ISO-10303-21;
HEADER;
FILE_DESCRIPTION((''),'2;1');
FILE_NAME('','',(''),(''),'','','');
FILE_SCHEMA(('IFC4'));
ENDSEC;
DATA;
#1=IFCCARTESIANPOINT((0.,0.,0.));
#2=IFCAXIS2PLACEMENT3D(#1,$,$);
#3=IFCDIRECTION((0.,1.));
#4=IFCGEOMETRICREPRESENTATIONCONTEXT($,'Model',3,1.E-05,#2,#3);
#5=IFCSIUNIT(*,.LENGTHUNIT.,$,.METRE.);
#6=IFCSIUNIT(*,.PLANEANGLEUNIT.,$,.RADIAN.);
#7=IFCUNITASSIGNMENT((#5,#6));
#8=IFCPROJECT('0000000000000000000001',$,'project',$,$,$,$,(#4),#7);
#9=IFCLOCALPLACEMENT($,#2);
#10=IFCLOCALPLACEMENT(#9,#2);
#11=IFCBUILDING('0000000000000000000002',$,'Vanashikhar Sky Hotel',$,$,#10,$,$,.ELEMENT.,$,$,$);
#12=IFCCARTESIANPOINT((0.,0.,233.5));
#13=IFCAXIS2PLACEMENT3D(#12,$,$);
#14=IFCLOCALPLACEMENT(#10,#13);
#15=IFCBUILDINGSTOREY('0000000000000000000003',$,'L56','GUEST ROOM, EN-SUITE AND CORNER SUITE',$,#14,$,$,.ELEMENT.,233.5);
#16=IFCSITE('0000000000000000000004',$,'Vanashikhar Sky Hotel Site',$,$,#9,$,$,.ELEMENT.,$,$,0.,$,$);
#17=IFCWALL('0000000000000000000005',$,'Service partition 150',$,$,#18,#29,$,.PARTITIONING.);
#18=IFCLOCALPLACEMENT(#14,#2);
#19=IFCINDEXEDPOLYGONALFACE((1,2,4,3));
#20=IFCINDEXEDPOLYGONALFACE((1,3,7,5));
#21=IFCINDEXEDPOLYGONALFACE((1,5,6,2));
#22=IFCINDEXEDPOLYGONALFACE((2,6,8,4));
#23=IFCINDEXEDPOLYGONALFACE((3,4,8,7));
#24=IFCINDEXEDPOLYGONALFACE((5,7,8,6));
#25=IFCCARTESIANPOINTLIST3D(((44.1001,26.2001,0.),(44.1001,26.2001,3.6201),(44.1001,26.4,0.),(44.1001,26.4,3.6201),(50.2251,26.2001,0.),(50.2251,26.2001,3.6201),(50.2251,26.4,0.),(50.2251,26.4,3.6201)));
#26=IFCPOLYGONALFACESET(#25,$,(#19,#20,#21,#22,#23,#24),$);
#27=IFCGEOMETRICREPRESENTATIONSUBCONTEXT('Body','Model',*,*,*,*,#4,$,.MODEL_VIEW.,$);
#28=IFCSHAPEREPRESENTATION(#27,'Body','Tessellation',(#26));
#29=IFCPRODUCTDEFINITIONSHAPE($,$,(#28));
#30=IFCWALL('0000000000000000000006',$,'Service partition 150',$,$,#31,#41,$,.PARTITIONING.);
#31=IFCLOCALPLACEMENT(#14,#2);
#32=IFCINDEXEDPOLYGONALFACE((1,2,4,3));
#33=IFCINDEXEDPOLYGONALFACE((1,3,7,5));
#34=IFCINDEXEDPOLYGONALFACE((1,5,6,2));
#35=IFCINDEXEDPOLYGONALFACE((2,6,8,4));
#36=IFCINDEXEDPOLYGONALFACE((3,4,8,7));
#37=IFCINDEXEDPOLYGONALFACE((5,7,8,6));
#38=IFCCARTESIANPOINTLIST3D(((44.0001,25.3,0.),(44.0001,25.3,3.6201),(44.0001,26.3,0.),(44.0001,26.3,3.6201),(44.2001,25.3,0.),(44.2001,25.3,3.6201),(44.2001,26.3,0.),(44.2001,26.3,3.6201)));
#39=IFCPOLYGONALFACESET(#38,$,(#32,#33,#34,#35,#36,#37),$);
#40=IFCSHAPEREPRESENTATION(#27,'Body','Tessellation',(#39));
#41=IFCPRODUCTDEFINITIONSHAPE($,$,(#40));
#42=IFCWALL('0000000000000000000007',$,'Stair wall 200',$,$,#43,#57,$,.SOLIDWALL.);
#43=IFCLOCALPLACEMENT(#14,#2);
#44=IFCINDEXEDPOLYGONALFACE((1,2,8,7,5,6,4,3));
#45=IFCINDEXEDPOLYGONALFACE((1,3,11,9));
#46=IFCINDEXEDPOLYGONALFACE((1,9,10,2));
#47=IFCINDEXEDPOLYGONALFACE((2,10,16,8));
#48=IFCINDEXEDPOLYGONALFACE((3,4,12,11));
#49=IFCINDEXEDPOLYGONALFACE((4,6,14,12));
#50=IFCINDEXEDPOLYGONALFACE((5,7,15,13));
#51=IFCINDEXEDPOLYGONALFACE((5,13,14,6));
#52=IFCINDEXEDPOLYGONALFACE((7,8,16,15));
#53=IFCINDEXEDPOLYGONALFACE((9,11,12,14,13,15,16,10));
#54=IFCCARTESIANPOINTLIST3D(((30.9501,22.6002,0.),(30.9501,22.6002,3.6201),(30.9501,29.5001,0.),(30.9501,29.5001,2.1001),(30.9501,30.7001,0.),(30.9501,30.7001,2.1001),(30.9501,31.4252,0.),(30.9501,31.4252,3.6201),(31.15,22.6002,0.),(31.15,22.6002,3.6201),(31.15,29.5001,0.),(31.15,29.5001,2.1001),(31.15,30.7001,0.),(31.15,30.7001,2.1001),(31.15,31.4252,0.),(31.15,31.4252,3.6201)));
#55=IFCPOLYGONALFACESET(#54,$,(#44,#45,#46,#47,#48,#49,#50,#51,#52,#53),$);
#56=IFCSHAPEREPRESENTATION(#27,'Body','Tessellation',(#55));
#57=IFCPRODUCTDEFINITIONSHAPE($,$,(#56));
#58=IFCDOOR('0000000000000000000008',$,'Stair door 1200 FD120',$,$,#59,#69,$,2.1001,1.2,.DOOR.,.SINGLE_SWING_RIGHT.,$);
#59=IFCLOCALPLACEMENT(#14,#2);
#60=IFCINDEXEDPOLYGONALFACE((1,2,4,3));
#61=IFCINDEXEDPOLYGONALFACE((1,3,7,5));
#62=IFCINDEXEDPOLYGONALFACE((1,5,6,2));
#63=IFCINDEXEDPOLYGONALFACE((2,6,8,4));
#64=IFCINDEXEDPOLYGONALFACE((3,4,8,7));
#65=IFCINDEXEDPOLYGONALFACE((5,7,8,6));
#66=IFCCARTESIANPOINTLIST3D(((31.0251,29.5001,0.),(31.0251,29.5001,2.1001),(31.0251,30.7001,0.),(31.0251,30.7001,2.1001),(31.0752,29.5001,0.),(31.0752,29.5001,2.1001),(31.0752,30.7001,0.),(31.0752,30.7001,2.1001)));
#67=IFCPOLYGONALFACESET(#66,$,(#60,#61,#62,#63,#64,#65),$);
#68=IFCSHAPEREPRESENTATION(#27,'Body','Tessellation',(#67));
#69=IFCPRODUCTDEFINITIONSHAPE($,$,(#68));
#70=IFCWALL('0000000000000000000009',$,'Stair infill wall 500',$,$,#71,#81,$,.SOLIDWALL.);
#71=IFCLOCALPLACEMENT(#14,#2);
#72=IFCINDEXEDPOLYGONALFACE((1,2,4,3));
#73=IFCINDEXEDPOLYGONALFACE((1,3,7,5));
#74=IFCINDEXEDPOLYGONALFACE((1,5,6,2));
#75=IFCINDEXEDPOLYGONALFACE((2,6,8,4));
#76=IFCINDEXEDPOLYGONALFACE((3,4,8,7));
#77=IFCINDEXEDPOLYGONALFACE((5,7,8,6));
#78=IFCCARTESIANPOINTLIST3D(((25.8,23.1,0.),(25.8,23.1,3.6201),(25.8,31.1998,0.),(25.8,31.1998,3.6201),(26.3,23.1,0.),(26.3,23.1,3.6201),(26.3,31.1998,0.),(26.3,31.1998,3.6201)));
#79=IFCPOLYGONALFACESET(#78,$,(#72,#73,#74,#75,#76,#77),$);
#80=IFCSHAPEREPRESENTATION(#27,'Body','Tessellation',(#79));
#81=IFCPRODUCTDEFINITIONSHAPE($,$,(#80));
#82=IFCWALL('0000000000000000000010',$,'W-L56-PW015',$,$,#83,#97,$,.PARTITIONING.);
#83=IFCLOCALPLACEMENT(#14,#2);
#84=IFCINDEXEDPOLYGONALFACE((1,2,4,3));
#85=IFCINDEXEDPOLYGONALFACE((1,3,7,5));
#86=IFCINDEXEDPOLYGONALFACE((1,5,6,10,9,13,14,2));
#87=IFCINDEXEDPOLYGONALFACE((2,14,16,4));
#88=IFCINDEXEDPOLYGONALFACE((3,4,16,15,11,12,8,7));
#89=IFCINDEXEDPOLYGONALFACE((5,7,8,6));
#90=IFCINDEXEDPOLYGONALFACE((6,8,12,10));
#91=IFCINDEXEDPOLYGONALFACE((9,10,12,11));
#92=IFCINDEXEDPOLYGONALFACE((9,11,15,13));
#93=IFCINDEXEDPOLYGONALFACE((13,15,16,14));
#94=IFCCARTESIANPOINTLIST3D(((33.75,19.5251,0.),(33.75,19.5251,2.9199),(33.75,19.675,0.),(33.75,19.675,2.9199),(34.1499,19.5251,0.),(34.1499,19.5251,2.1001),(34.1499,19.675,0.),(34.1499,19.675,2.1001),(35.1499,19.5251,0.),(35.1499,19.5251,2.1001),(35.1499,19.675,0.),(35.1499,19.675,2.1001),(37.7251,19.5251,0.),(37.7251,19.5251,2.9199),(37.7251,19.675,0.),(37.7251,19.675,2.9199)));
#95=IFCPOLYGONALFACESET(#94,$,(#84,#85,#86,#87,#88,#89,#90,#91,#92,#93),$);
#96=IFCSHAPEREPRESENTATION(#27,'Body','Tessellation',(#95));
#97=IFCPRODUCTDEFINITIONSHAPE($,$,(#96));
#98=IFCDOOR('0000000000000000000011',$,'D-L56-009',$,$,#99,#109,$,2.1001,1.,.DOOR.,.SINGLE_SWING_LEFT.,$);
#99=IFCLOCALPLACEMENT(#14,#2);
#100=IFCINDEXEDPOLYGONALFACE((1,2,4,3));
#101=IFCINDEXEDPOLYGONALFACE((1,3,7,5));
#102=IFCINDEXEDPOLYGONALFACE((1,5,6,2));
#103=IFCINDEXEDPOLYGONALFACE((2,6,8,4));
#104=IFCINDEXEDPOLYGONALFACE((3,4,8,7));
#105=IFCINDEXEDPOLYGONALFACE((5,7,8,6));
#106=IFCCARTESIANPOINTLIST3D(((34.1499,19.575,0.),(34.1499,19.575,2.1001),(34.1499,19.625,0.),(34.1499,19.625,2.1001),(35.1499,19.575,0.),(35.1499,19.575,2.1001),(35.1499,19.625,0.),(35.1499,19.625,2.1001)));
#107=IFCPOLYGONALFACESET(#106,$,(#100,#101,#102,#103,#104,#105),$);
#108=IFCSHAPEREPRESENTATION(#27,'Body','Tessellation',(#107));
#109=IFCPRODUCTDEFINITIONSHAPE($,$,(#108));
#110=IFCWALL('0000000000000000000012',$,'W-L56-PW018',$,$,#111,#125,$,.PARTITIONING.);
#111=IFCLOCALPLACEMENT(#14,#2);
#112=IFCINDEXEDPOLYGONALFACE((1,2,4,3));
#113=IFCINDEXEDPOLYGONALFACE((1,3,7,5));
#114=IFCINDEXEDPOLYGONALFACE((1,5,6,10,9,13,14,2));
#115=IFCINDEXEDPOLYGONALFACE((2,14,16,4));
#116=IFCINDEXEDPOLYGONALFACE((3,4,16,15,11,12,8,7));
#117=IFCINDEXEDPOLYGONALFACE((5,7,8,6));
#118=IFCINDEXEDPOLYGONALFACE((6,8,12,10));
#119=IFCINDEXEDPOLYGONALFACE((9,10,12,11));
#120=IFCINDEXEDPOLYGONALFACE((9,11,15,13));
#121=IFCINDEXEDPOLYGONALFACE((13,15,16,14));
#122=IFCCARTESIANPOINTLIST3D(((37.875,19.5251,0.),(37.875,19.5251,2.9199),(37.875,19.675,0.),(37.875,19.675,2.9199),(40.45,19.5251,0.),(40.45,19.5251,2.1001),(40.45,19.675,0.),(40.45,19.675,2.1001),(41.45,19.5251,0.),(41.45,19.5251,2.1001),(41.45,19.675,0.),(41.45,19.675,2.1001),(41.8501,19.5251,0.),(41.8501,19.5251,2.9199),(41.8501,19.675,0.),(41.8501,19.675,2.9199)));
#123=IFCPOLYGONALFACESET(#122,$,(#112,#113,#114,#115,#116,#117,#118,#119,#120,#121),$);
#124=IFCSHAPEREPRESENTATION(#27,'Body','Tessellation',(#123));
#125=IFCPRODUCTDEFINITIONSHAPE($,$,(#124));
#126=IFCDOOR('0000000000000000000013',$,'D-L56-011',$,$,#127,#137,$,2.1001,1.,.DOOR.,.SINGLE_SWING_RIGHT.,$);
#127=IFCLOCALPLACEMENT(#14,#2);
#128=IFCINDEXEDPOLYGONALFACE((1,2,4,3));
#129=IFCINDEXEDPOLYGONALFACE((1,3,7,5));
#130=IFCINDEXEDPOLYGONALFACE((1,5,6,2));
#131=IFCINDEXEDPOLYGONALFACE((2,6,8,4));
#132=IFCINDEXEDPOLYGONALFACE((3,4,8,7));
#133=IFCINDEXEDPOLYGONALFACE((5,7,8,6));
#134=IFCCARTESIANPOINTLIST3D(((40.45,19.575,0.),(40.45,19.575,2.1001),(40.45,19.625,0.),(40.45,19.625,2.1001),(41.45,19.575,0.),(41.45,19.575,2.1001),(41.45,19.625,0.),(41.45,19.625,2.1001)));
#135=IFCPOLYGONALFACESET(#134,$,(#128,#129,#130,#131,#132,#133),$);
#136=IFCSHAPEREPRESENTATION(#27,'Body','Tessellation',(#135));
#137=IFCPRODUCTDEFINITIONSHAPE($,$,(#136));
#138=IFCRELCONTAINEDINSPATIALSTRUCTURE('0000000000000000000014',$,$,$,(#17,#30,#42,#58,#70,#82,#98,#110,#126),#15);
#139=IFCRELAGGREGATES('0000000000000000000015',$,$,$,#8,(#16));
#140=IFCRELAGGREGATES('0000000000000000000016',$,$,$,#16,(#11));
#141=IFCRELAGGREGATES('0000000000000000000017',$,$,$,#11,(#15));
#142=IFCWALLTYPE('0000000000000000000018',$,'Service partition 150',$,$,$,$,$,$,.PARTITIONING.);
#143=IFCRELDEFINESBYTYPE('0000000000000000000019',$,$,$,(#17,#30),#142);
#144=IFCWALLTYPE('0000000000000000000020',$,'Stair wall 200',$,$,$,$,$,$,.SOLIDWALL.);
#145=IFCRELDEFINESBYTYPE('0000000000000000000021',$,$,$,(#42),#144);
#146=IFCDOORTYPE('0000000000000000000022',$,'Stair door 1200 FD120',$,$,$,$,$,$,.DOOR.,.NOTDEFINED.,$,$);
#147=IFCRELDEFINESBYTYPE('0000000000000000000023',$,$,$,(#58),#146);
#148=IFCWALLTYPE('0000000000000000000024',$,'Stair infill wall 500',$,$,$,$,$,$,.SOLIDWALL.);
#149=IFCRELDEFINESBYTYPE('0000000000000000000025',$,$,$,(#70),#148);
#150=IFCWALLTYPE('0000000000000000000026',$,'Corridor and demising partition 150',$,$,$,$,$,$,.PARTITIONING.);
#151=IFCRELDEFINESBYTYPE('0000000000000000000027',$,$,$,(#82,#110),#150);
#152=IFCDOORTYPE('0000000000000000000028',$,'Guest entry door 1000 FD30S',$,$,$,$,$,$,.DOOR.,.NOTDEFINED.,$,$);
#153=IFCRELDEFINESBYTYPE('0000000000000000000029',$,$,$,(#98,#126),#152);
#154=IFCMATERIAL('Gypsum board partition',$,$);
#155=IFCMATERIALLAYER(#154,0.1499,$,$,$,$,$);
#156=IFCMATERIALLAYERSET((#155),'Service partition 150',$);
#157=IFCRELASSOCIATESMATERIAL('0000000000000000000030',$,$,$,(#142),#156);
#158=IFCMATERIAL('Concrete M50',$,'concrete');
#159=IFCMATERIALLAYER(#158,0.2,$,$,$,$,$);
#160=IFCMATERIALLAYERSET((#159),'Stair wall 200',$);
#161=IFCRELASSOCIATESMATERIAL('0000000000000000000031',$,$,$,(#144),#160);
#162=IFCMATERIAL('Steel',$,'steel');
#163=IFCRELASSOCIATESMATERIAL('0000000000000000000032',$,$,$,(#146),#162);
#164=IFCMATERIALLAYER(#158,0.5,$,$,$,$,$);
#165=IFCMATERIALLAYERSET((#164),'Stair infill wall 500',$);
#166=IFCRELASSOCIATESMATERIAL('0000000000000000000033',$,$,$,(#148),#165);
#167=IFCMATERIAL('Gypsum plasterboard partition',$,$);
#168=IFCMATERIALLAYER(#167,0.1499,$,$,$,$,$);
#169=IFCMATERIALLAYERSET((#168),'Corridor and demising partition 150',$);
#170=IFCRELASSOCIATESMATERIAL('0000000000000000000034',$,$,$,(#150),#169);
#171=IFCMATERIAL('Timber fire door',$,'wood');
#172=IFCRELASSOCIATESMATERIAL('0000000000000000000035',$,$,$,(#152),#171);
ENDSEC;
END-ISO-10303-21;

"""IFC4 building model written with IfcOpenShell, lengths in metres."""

from ifc_helpers import new_model, si_unit, direction, frame, frame_2d, origin, place, context, subcontext, project, spatial, rectangle, extrude, source, transform, mapped, material, layer, layer_set, type_object, element, fill, save


model = new_model("IFC4")

# Units and contexts
model_context = context("Model", 3, precision=1e-05, world=origin(), true_north=direction((0.0, 1.0)))
body_context = subcontext(model_context, "Body", "Model", "MODEL_VIEW")
ifc_project = project(units=[si_unit("LENGTHUNIT", "METRE"), si_unit("PLANEANGLEUNIT", "RADIAN")], contexts=[model_context])

# Site, building, storey
site_placement = place(None, origin())
site = spatial("IfcSite", under=ifc_project, at=site_placement, Name="Vanashikhar Sky Hotel Site", CompositionType="ELEMENT", RefElevation=0.0)
building_placement = place(site_placement, origin())
building = spatial("IfcBuilding", under=site, at=building_placement, Name="Vanashikhar Sky Hotel", CompositionType="ELEMENT")
storey_placement = place(building_placement, frame((0.0, 0.0, 233.5)))
storey = spatial("IfcBuildingStorey", under=building, at=storey_placement, Name="L56", Description="GUEST ROOM, EN-SUITE AND CORNER SUITE", CompositionType="ELEMENT", Elevation=233.5)

# Shared definitions
ifc_material_1 = material(Name="Concrete M50", Category="concrete")

# Shared definitions
ifc_material_2 = material(Name="Steel", Category="steel")

# Shared definitions
ifc_material_3 = material(Name="Gypsum board partition")
ifc_layer_1 = layer(ifc_material_3, 0.1499)
ifc_layer_set_1 = layer_set([ifc_layer_1], Name="Service partition 150")
wall_type_1 = type_object("IfcWallType", Name="Service partition 150", PredefinedType="PARTITIONING", material=ifc_layer_set_1)

# Walls
shared_shape_1 = source(origin(), body_context, "Body", "SweptSolid", [
    extrude(rectangle(XDim=6.125, YDim=0.2, at=frame_2d((3.0625, 0.0))), origin(), (0.0, 0.0, 1.0), 3.6201),
])
for number, where, z_axis, x_axis, name in (
    (1, (44.1001, 26.3, 0.0), (0.0, 0.0, 1.0), (1.0, 0.0, 0.0), "Service partition 150"),
):
    element("IfcWall", number, at=place(storey_placement, frame(where, z_axis=z_axis, x_axis=x_axis)), inside=storey, type_object=wall_type_1, Name=name, PredefinedType="PARTITIONING", context=body_context, shape_type="MappedRepresentation", body=[
        mapped(shared_shape_1, transform((0.0, 0.0, 0.0), scale=1.0)),
    ])
shared_shape_2 = source(origin(), body_context, "Body", "SweptSolid", [
    extrude(rectangle(XDim=1.0, YDim=0.2, at=frame_2d((0.5, 0.0))), origin(), (0.0, 0.0, 1.0), 3.6201),
])
wall_1_placement = place(storey_placement, frame((44.1001, 25.3, 0.0), z_axis=(0.0, 0.0, 1.0), x_axis=(0.0, 1.0, 0.0)))
element("IfcWall", 2, at=wall_1_placement, inside=storey, type_object=wall_type_1, Name="Service partition 150", PredefinedType="PARTITIONING", context=body_context, shape_type="MappedRepresentation", body=[
    mapped(shared_shape_2, transform((0.0, 0.0, 0.0), scale=1.0)),
])

# Wall, opening, door
ifc_layer_2 = layer(ifc_material_1, 0.2)
ifc_layer_set_2 = layer_set([ifc_layer_2], Name="Stair wall 200")
wall_type_2 = type_object("IfcWallType", Name="Stair wall 200", PredefinedType="SOLIDWALL", material=ifc_layer_set_2)
shared_shape_3 = source(origin(), body_context, "Body", "SweptSolid", [
    extrude(rectangle(XDim=8.825, YDim=0.2, at=frame_2d((4.4126, 0.0))), origin(), (0.0, 0.0, 1.0), 3.6201),
])
wall_2_placement = place(storey_placement, frame((31.05, 22.6001, 0.0), z_axis=(0.0, 0.0, 1.0), x_axis=(0.0, 1.0, 0.0)))
wall_2 = element("IfcWall", 3, at=wall_2_placement, inside=storey, type_object=wall_type_2, Name="Stair wall 200", PredefinedType="SOLIDWALL", context=body_context, shape_type="MappedRepresentation", body=[
    mapped(shared_shape_3, transform((0.0, 0.0, 0.0), scale=1.0)),
])
shared_shape_4 = source(origin(), body_context, "Body", "SweptSolid", [
    extrude(rectangle(XDim=1.2, YDim=2.1001, at=frame_2d((0.6001, 1.05))), frame((0.0, 0.1099, 0.0), z_axis=(0.0, -1.0, 0.0), x_axis=(1.0, 0.0, 0.0)), (0.0, 0.0, 1.0), 0.22),
])
opening_1_placement = place(wall_2_placement, frame((6.8999, 0.0, 0.0)))
opening_1 = element("IfcOpeningElement", 4, at=opening_1_placement, cuts=wall_2, PredefinedType="OPENING", context=body_context, shape_type="MappedRepresentation", body=[
    mapped(shared_shape_4, transform((0.0, 0.0, 0.0), scale=1.0)),
])
door_type_1 = type_object("IfcDoorType", Name="Stair door 1200 FD120", OperationType="NOTDEFINED", PredefinedType="DOOR", material=ifc_material_2)
shared_shape_5 = source(origin(), body_context, "Body", "SweptSolid", [
    extrude(rectangle(XDim=1.2, YDim=2.1001, at=frame_2d((0.6001, 1.05))), frame((0.0, 0.0249, 0.0), z_axis=(0.0, -1.0, 0.0), x_axis=(1.0, 0.0, 0.0)), (0.0, 0.0, 1.0), 0.05),
])
door_1_placement = place(opening_1_placement, origin())
door_1 = element("IfcDoor", 5, at=door_1_placement, inside=storey, type_object=door_type_1, Name="Stair door 1200 FD120", OperationType="SINGLE_SWING_RIGHT", OverallHeight=2.1001, OverallWidth=1.2, PredefinedType="DOOR", context=body_context, shape_type="MappedRepresentation", body=[
    mapped(shared_shape_5, transform((0.0, 0.0, 0.0), scale=1.0)),
])
fill(opening_1, door_1)

# Wall
ifc_layer_3 = layer(ifc_material_1, 0.5)
ifc_layer_set_3 = layer_set([ifc_layer_3], Name="Stair infill wall 500")
wall_type_3 = type_object("IfcWallType", Name="Stair infill wall 500", PredefinedType="SOLIDWALL", material=ifc_layer_set_3)
shared_shape_6 = source(origin(), body_context, "Body", "SweptSolid", [
    extrude(rectangle(XDim=8.0999, YDim=0.5, at=frame_2d((4.0498, 0.0))), origin(), (0.0, 0.0, 1.0), 3.6201),
])
wall_3_placement = place(storey_placement, frame((26.05, 23.1001, 0.0), z_axis=(0.0, 0.0, 1.0), x_axis=(0.0, 1.0, 0.0)))
element("IfcWall", 6, at=wall_3_placement, inside=storey, type_object=wall_type_3, Name="Stair infill wall 500", PredefinedType="SOLIDWALL", context=body_context, shape_type="MappedRepresentation", body=[
    mapped(shared_shape_6, transform((0.0, 0.0, 0.0), scale=1.0)),
])

# Walls, openings, doors
ifc_material_4 = material(Name="Gypsum plasterboard partition")
ifc_layer_4 = layer(ifc_material_4, 0.1499)
ifc_layer_set_4 = layer_set([ifc_layer_4], Name="Corridor and demising partition 150")
wall_type_4 = type_object("IfcWallType", Name="Corridor and demising partition 150", PredefinedType="PARTITIONING", material=ifc_layer_set_4)
shared_shape_7 = source(origin(), body_context, "Body", "SweptSolid", [
    extrude(rectangle(XDim=3.9751, YDim=0.1499, at=frame_2d((1.9875, 0.0))), origin(), (0.0, 0.0, 1.0), 2.9199),
])
wall_4_placement = place(storey_placement, frame((33.75, 19.6001, 0.0), z_axis=(0.0, 0.0, 1.0), x_axis=(1.0, 0.0, 0.0)))
wall_4 = element("IfcWall", 7, at=wall_4_placement, inside=storey, type_object=wall_type_4, Name="W-L56-PW015", PredefinedType="PARTITIONING", context=body_context, shape_type="MappedRepresentation", body=[
    mapped(shared_shape_7, transform((0.0, 0.0, 0.0), scale=1.0)),
])
shared_shape_8 = source(origin(), body_context, "Body", "SweptSolid", [
    extrude(rectangle(XDim=1.0, YDim=2.1001, at=frame_2d((0.5, 1.05))), frame((0.0, 0.085, 0.0), z_axis=(0.0, -1.0, 0.0), x_axis=(1.0, 0.0, 0.0)), (0.0, 0.0, 1.0), 0.1699),
])
opening_2_placement = place(wall_4_placement, frame((0.3999, 0.0, 0.0)))
opening_2 = element("IfcOpeningElement", 8, at=opening_2_placement, cuts=wall_4, PredefinedType="OPENING", context=body_context, shape_type="MappedRepresentation", body=[
    mapped(shared_shape_8, transform((0.0, 0.0, 0.0), scale=1.0)),
])
ifc_material_5 = material(Name="Timber fire door", Category="wood")
door_type_2 = type_object("IfcDoorType", Name="Guest entry door 1000 FD30S", OperationType="NOTDEFINED", PredefinedType="DOOR", material=ifc_material_5)
shared_shape_9 = source(origin(), body_context, "Body", "SweptSolid", [
    extrude(rectangle(XDim=1.0, YDim=2.1001, at=frame_2d((0.5, 1.05))), frame((0.0, 0.0249, 0.0), z_axis=(0.0, -1.0, 0.0), x_axis=(1.0, 0.0, 0.0)), (0.0, 0.0, 1.0), 0.05),
])
door_2_placement = place(opening_2_placement, origin())
door_2 = element("IfcDoor", 9, at=door_2_placement, inside=storey, type_object=door_type_2, Name="D-L56-009", OperationType="SINGLE_SWING_LEFT", OverallHeight=2.1001, OverallWidth=1.0, PredefinedType="DOOR", context=body_context, shape_type="MappedRepresentation", body=[
    mapped(shared_shape_9, transform((0.0, 0.0, 0.0), scale=1.0)),
])
fill(opening_2, door_2)
wall_5_placement = place(storey_placement, frame((37.875, 19.6001, 0.0), z_axis=(0.0, 0.0, 1.0), x_axis=(1.0, 0.0, 0.0)))
wall_5 = element("IfcWall", 10, at=wall_5_placement, inside=storey, type_object=wall_type_4, Name="W-L56-PW018", PredefinedType="PARTITIONING", context=body_context, shape_type="MappedRepresentation", body=[
    mapped(shared_shape_7, transform((0.0, 0.0, 0.0), scale=1.0)),
])
opening_3_placement = place(wall_5_placement, frame((2.575, 0.0, 0.0)))
opening_3 = element("IfcOpeningElement", 11, at=opening_3_placement, cuts=wall_5, PredefinedType="OPENING", context=body_context, shape_type="MappedRepresentation", body=[
    mapped(shared_shape_8, transform((0.0, 0.0, 0.0), scale=1.0)),
])
door_3_placement = place(opening_3_placement, origin())
door_3 = element("IfcDoor", 12, at=door_3_placement, inside=storey, type_object=door_type_2, Name="D-L56-011", OperationType="SINGLE_SWING_RIGHT", OverallHeight=2.1001, OverallWidth=1.0, PredefinedType="DOOR", context=body_context, shape_type="MappedRepresentation", body=[
    mapped(shared_shape_9, transform((0.0, 0.0, 0.0), scale=1.0)),
])
fill(opening_3, door_3)

save(model, "model.ifc")
